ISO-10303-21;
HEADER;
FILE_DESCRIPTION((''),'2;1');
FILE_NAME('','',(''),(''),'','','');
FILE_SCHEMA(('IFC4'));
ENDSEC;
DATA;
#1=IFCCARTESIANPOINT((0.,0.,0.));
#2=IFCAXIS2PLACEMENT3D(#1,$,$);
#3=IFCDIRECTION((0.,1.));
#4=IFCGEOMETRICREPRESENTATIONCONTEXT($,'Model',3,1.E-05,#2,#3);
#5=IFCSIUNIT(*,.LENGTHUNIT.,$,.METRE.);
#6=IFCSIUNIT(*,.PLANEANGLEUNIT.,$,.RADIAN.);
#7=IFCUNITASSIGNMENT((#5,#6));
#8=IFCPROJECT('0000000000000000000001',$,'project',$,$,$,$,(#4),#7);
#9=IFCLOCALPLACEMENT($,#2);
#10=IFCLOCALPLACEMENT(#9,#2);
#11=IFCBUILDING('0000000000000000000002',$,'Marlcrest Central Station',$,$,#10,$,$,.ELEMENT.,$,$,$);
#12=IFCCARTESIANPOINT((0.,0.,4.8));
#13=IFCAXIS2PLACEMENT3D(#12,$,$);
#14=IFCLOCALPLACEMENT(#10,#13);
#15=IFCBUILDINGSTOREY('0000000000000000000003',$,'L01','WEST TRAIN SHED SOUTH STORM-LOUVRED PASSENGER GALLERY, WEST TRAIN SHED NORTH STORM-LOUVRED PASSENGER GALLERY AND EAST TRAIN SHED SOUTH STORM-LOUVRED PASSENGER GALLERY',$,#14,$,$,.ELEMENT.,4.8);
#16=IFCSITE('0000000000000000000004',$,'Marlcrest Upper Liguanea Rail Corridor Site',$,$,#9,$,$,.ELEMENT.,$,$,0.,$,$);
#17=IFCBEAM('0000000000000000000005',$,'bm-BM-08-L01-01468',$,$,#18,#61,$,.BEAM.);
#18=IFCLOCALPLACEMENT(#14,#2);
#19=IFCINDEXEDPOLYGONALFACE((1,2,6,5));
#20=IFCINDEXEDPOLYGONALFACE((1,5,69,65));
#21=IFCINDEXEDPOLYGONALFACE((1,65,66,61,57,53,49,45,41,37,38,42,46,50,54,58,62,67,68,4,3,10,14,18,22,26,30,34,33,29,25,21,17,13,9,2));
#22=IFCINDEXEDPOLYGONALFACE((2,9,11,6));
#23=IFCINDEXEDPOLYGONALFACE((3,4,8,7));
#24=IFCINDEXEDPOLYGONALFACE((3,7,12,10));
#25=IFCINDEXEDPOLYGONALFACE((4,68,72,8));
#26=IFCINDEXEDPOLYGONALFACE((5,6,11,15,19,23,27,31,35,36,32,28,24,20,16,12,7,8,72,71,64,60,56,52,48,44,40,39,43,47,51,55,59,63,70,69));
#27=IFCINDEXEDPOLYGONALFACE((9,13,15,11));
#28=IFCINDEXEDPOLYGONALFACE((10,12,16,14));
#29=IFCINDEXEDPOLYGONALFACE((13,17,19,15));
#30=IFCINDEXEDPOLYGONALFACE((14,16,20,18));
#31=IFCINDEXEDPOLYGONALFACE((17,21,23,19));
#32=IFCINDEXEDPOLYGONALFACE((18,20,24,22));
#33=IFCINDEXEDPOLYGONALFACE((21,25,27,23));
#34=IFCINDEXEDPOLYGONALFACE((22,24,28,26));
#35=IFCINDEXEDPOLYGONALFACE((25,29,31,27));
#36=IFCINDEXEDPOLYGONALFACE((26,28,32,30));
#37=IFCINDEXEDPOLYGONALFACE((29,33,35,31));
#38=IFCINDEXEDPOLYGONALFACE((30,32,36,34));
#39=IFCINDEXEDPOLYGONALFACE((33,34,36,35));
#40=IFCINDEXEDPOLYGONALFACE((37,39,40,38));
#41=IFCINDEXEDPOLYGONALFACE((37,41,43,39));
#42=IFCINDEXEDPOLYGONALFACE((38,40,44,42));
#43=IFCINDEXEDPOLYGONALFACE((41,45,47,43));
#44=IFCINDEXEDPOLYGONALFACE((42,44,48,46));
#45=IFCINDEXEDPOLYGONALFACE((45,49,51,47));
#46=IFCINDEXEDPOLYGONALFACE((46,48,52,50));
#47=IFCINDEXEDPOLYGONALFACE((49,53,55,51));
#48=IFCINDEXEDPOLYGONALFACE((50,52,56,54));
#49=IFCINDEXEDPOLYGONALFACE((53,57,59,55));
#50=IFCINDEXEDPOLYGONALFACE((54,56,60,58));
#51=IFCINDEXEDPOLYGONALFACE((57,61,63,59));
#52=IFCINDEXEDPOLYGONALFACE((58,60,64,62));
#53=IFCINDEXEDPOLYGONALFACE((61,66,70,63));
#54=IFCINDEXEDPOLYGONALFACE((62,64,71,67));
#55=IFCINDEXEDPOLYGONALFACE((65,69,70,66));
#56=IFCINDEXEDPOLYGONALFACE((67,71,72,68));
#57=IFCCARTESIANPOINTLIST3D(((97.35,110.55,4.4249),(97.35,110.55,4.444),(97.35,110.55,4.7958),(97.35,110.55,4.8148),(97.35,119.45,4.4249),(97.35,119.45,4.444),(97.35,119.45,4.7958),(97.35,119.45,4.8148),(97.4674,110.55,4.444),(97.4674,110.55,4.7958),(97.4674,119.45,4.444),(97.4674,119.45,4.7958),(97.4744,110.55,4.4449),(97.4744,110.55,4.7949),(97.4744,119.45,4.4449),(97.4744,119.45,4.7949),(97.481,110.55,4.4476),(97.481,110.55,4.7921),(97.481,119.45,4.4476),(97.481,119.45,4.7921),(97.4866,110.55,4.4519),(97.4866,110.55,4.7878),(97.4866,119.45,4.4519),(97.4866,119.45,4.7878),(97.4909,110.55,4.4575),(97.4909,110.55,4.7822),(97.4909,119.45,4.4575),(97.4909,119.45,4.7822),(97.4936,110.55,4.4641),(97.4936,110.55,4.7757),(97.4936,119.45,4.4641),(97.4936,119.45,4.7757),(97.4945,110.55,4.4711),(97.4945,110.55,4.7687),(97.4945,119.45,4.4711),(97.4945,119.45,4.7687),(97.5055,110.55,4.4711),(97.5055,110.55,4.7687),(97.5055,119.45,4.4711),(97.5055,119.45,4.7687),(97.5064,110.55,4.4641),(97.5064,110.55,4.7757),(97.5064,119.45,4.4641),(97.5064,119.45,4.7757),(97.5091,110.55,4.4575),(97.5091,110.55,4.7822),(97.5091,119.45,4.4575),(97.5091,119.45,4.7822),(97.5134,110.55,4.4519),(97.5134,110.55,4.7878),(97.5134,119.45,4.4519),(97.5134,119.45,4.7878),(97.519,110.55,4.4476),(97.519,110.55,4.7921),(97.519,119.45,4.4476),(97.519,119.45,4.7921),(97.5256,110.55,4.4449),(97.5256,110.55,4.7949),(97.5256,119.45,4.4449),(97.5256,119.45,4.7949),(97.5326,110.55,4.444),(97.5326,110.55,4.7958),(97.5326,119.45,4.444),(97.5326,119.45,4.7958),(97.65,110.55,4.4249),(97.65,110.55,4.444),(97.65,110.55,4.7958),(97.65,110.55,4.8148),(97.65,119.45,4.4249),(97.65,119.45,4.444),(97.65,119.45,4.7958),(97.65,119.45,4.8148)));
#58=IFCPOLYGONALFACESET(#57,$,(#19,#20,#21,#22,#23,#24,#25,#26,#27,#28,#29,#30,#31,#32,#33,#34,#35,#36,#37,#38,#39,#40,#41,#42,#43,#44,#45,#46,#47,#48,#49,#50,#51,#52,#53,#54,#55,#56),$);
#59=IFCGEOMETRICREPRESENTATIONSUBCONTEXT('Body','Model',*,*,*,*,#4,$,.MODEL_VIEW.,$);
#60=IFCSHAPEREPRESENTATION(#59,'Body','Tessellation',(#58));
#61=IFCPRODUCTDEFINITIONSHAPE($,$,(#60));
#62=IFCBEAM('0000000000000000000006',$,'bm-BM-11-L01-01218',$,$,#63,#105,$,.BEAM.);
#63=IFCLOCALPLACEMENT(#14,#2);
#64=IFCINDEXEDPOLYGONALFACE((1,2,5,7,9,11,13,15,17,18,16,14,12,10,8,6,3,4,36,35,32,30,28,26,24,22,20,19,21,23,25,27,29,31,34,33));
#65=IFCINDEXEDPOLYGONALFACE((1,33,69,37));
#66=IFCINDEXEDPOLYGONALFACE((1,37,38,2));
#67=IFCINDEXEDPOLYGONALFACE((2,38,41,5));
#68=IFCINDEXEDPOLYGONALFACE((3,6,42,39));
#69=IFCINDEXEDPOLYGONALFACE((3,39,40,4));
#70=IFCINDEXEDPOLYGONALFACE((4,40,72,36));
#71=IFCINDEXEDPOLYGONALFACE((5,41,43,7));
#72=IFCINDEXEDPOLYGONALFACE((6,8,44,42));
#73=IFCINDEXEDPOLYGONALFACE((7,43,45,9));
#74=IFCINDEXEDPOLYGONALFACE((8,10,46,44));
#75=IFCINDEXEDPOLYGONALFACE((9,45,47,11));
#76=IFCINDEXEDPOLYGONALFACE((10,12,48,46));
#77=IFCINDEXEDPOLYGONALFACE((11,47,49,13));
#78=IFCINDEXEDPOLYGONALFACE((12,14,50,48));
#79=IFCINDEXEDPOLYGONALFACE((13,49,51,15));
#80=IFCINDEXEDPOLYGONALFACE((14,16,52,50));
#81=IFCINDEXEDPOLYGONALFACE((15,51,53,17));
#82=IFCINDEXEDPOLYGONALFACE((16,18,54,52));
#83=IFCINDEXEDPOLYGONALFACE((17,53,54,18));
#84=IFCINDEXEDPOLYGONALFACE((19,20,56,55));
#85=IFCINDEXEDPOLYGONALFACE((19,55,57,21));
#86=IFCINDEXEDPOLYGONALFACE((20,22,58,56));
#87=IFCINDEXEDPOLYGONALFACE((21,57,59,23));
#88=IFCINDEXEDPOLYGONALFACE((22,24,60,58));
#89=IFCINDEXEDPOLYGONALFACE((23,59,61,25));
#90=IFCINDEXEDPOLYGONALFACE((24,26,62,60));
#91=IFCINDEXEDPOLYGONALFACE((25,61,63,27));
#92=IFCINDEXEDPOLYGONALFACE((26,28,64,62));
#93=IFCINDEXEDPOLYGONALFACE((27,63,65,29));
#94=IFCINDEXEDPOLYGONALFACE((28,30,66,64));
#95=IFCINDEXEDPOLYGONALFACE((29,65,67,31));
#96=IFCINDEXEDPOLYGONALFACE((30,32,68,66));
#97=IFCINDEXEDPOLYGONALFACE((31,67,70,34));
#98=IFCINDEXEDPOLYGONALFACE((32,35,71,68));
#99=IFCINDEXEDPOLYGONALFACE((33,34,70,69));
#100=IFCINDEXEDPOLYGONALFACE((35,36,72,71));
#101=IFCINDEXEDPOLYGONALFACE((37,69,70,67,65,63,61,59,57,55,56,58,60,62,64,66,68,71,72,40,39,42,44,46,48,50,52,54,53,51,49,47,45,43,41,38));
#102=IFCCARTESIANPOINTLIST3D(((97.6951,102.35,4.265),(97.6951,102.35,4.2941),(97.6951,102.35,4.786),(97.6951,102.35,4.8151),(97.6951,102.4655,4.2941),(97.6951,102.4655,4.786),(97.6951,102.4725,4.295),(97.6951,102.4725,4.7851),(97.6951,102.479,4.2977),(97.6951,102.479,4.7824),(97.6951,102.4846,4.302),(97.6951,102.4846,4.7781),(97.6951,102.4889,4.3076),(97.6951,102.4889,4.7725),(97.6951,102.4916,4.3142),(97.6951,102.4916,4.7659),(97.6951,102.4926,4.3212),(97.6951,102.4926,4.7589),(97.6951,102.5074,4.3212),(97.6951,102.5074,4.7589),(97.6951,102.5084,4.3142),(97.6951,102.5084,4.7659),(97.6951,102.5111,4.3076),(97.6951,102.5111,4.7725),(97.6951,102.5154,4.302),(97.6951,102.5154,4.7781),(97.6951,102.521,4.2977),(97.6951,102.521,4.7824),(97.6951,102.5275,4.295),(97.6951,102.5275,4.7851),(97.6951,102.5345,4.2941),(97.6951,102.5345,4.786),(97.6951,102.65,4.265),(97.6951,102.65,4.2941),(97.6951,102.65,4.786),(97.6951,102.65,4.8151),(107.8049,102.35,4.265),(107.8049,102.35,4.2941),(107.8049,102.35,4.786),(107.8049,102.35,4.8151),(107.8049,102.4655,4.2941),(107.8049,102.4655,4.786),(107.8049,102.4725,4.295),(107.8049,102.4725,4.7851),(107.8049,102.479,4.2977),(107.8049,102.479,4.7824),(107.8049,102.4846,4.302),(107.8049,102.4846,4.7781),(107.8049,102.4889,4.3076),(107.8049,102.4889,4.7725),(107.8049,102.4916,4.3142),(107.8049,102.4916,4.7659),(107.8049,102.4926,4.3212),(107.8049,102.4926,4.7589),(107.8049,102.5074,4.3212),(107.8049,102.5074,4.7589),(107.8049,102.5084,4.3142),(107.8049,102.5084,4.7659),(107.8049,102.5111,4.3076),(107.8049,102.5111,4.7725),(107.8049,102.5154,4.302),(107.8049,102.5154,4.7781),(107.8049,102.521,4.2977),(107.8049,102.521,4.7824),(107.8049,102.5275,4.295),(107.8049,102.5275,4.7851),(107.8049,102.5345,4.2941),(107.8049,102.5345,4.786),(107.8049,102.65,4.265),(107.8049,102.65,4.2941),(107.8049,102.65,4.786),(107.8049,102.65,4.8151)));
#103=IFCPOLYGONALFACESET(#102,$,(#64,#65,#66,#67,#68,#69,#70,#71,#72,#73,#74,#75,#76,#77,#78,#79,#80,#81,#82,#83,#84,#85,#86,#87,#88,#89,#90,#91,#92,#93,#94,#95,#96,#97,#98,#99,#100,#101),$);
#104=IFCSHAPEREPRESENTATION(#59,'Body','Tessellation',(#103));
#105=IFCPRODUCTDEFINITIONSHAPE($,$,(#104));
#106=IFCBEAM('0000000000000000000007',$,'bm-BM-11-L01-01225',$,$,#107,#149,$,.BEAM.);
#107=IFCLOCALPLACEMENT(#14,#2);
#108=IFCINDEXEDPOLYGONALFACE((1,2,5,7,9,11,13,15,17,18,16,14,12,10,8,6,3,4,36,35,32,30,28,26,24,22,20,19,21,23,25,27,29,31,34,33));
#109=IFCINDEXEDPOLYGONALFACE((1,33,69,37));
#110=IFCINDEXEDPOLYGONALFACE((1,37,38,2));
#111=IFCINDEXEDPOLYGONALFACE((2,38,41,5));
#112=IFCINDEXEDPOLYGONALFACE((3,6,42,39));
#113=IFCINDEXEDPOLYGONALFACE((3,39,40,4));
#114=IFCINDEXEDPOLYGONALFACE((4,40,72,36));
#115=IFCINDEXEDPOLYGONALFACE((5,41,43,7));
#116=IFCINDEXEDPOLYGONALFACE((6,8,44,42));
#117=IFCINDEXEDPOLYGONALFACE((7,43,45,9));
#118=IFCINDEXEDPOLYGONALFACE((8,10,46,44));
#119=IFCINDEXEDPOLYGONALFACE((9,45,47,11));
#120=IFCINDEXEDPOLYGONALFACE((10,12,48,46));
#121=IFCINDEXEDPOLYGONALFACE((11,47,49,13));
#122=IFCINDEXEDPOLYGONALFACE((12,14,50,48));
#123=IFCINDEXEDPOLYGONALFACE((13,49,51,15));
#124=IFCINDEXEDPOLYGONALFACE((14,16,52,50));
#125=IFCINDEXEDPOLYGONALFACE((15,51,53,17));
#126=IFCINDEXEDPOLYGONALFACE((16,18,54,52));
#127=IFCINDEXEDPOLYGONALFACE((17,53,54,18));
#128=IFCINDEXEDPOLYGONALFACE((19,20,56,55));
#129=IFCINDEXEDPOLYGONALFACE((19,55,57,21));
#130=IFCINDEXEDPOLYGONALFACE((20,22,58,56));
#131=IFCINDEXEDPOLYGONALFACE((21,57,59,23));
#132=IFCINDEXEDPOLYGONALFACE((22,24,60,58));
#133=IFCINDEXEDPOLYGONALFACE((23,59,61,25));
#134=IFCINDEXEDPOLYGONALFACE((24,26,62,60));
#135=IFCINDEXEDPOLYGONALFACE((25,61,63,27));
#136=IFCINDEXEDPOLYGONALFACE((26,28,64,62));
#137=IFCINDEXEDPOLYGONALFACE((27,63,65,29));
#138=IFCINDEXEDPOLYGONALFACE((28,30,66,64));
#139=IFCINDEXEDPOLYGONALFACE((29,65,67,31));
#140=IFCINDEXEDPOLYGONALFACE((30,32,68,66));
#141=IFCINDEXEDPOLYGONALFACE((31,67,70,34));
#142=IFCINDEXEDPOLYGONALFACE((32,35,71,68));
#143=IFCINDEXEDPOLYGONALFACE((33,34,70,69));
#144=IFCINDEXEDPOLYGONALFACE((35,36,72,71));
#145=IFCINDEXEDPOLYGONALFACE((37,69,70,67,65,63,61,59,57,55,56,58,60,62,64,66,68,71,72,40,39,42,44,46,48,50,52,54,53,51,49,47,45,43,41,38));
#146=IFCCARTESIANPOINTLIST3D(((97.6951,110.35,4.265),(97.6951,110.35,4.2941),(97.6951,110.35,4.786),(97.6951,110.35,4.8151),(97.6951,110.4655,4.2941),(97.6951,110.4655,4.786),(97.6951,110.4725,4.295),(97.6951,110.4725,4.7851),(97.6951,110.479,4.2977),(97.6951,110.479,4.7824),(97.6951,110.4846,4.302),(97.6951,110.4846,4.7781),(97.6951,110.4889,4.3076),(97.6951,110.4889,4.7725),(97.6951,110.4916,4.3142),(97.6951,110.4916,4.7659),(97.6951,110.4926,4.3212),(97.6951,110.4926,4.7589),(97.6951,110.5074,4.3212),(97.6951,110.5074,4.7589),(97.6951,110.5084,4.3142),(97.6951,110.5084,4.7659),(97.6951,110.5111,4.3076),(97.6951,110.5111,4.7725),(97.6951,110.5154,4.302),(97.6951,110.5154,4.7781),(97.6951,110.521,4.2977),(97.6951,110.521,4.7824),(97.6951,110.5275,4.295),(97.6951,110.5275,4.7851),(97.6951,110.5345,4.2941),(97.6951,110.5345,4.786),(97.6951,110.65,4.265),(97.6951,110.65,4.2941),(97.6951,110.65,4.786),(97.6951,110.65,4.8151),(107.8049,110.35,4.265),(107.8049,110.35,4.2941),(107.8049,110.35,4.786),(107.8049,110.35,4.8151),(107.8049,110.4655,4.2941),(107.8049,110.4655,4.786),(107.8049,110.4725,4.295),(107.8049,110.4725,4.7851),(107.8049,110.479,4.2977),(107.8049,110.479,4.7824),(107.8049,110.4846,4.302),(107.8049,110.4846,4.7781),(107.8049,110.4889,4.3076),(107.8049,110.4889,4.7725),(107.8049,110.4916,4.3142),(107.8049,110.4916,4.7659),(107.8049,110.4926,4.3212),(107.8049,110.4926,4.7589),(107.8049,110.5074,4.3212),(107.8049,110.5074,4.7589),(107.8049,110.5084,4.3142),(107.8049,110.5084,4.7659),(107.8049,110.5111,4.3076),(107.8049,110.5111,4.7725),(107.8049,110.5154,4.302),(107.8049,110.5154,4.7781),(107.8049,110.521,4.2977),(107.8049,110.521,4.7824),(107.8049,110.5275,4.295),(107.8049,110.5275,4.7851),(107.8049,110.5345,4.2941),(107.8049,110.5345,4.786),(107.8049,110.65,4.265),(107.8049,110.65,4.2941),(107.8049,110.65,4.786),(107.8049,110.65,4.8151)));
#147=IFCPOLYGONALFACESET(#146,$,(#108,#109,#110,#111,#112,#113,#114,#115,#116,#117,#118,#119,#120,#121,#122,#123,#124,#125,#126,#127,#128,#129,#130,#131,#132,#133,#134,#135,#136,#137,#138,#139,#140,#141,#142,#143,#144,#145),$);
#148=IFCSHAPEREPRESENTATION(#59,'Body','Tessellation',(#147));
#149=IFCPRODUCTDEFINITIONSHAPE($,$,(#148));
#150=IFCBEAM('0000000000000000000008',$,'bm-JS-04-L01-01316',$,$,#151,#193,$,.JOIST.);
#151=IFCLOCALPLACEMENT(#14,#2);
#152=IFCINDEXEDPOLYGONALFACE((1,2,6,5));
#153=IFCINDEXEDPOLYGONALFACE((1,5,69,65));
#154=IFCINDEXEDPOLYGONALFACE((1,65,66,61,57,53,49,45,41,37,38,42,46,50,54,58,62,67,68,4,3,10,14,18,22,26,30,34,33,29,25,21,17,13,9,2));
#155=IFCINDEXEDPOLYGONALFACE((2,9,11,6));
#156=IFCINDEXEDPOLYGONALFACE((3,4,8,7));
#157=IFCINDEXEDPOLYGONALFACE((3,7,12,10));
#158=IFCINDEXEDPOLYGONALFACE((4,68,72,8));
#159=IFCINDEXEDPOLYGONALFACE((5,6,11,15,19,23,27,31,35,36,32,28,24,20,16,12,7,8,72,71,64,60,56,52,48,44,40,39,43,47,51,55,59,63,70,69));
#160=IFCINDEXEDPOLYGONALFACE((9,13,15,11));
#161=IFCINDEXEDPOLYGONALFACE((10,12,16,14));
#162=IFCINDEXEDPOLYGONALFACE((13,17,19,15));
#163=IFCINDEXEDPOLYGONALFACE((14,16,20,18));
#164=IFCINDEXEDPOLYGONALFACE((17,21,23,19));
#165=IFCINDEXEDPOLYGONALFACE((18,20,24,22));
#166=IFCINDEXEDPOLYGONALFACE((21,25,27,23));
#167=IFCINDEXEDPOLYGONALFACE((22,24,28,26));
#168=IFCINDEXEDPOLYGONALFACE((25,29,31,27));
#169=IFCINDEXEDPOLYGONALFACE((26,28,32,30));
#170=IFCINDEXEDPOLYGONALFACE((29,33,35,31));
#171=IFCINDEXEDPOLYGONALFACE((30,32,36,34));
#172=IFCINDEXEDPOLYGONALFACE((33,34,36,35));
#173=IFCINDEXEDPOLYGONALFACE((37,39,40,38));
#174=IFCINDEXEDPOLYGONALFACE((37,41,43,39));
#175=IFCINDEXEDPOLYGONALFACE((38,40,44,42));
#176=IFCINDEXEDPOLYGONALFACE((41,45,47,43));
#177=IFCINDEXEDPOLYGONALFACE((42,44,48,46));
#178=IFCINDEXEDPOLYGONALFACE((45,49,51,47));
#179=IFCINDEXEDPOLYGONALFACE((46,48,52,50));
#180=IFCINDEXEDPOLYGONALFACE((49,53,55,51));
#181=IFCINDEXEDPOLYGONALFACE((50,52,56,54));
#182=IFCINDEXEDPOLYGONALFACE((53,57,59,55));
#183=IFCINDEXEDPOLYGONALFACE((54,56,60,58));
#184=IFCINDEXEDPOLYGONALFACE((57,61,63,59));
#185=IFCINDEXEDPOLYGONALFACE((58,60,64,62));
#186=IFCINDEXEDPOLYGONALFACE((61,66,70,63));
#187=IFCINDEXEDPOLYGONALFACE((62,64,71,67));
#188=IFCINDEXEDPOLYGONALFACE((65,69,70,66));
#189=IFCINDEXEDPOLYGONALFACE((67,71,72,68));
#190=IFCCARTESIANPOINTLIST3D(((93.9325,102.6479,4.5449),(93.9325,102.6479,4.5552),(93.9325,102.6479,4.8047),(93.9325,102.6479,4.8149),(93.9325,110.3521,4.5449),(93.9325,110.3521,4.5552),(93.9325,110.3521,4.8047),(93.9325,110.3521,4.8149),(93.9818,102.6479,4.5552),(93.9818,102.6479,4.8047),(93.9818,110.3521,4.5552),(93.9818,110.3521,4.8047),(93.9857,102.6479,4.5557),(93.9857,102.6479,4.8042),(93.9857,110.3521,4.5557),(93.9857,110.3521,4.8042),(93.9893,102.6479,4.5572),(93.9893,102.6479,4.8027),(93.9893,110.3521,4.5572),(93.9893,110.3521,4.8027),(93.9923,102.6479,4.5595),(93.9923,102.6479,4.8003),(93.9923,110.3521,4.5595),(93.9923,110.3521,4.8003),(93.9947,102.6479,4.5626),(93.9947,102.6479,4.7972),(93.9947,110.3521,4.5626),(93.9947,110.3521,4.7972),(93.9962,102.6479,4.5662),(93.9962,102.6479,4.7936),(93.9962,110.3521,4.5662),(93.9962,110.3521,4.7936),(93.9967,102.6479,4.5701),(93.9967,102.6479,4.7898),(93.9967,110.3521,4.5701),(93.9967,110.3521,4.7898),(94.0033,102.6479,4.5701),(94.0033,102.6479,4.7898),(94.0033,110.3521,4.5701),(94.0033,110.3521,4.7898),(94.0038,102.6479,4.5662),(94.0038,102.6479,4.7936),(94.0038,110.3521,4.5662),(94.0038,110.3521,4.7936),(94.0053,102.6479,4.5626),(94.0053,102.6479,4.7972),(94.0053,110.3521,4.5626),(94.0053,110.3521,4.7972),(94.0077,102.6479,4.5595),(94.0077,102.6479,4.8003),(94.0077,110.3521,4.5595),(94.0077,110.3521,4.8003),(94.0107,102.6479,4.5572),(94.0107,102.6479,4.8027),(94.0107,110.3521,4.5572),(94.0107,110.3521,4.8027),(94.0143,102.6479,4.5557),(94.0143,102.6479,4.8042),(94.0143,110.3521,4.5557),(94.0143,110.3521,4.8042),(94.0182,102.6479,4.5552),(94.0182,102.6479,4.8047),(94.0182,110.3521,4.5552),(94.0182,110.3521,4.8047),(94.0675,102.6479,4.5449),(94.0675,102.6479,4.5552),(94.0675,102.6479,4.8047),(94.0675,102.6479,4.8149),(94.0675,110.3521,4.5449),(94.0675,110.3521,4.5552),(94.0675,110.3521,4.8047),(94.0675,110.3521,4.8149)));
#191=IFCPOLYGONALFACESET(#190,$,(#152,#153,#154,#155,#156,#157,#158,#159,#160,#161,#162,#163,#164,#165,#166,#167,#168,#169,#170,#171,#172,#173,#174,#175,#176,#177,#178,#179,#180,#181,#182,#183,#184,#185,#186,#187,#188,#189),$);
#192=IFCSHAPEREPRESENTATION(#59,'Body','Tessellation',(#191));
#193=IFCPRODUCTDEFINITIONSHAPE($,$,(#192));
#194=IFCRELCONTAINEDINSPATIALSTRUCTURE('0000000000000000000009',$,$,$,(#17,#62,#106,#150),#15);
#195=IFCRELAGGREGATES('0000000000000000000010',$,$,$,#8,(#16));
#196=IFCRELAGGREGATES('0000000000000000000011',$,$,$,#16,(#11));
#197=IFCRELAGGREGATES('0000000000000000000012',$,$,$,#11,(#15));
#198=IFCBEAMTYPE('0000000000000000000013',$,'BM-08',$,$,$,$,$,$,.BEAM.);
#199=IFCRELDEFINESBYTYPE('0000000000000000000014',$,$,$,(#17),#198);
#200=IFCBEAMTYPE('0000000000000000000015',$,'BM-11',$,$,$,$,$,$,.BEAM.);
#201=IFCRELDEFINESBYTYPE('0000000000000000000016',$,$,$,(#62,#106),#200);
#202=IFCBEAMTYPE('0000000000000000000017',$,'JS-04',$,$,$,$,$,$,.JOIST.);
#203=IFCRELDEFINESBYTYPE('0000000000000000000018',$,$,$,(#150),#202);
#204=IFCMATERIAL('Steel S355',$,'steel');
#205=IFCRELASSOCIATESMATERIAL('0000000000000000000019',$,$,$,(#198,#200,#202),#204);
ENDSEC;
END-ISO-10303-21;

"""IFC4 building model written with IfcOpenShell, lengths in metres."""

from ifc_helpers import new_model, si_unit, direction, frame, origin, origin_2d, place, context, subcontext, project, spatial, i_section, extrude, material, material_profile, profile_set, type_object, element, save


model = new_model("IFC4")

# Units and contexts
model_context = context("Model", 3, precision=1e-05, world=origin(), true_north=direction((0.0, 1.0)))
body_context = subcontext(model_context, "Body", "Model", "MODEL_VIEW")
ifc_project = project(units=[si_unit("LENGTHUNIT", "METRE"), si_unit("PLANEANGLEUNIT", "RADIAN")], contexts=[model_context])

# Site, building, storey
site_placement = place(None, origin())
site = spatial("IfcSite", under=ifc_project, at=site_placement, Name="Marlcrest Upper Liguanea Rail Corridor Site", CompositionType="ELEMENT", RefElevation=0.0)
building_placement = place(site_placement, origin())
building = spatial("IfcBuilding", under=site, at=building_placement, Name="Marlcrest Central Station", CompositionType="ELEMENT")
storey_placement = place(building_placement, frame((0.0, 0.0, 4.8)))
storey = spatial("IfcBuildingStorey", under=building, at=storey_placement, Name="L01", Description="WEST TRAIN SHED SOUTH STORM-LOUVRED PASSENGER GALLERY, WEST TRAIN SHED NORTH STORM-LOUVRED PASSENGER GALLERY AND EAST TRAIN SHED SOUTH STORM-LOUVRED PASSENGER GALLERY", CompositionType="ELEMENT", Elevation=4.8)

# Shared definitions
ifc_material_1 = material(Name="Steel S355", Category="steel")

# Beams
ifc_material_profile_1 = material_profile(ifc_material_1, i_section(OverallWidth=0.3, OverallDepth=0.3899, WebThickness=0.011, FlangeThickness=0.019, FilletRadius=0.0271, at=origin_2d()), Name="HEA 400")
ifc_profile_set_1 = profile_set([ifc_material_profile_1], Name="Steel S355")
beam_type_1 = type_object("IfcBeamType", Name="BM-08", PredefinedType="BEAM", material=ifc_profile_set_1)
beam_1_placement = place(storey_placement, frame((97.5, 110.55, 4.6199), z_axis=(0.0, 1.0, 0.0), x_axis=(-1.0, 0.0, 0.0)))
element("IfcBeam", 1, at=beam_1_placement, inside=storey, type_object=beam_type_1, Name="bm-BM-08-L01-01468", PredefinedType="BEAM", context=body_context, shape_type="SweptSolid", body=[
    extrude(i_section(OverallWidth=0.3, OverallDepth=0.3899, WebThickness=0.011, FlangeThickness=0.019, FilletRadius=0.0271, at=origin_2d()), origin(), (0.0, 0.0, 1.0), 8.8999),
])
ifc_material_profile_2 = material_profile(ifc_material_1, i_section(OverallWidth=0.3, OverallDepth=0.55, WebThickness=0.0149, FlangeThickness=0.0291, FilletRadius=0.0271, at=origin_2d()), Name="HEB 550")
ifc_profile_set_2 = profile_set([ifc_material_profile_2], Name="Steel S355")
beam_type_2 = type_object("IfcBeamType", Name="BM-11", PredefinedType="BEAM", material=ifc_profile_set_2)
for number, where, z_axis, x_axis, name in (
    (2, (97.6951, 102.5, 4.54), (1.0, 0.0, 0.0), (0.0, 1.0, 0.0), "bm-BM-11-L01-01218"),
    (3, (97.6951, 110.5, 4.54), (1.0, 0.0, 0.0), (0.0, 1.0, 0.0), "bm-BM-11-L01-01225"),
):
    element("IfcBeam", number, at=place(storey_placement, frame(where, z_axis=z_axis, x_axis=x_axis)), inside=storey, type_object=beam_type_2, Name=name, PredefinedType="BEAM", context=body_context, shape_type="SweptSolid", body=[
        extrude(i_section(OverallWidth=0.3, OverallDepth=0.55, WebThickness=0.0149, FlangeThickness=0.0291, FilletRadius=0.0271, at=origin_2d()), origin(), (0.0, 0.0, 1.0), 10.1099),
    ])
ifc_material_profile_3 = material_profile(ifc_material_1, i_section(OverallWidth=0.135, OverallDepth=0.27, WebThickness=0.0066, FlangeThickness=0.0103, FilletRadius=0.0149, at=origin_2d()), Name="IPE 270")
ifc_profile_set_3 = profile_set([ifc_material_profile_3], Name="Steel S355")
beam_type_3 = type_object("IfcBeamType", Name="JS-04", PredefinedType="JOIST", material=ifc_profile_set_3)
for number, where, z_axis, x_axis, name in (
    (4, (94.0, 102.6479, 4.6799), (0.0, 1.0, 0.0), (-1.0, 0.0, 0.0), "bm-JS-04-L01-01316"),
):
    element("IfcBeam", number, at=place(storey_placement, frame(where, z_axis=z_axis, x_axis=x_axis)), inside=storey, type_object=beam_type_3, Name=name, PredefinedType="JOIST", context=body_context, shape_type="SweptSolid", body=[
        extrude(i_section(OverallWidth=0.135, OverallDepth=0.27, WebThickness=0.0066, FlangeThickness=0.0103, FilletRadius=0.0149, at=origin_2d()), origin(), (0.0, 0.0, 1.0), 7.7041),
    ])

save(model, "model.ifc")
